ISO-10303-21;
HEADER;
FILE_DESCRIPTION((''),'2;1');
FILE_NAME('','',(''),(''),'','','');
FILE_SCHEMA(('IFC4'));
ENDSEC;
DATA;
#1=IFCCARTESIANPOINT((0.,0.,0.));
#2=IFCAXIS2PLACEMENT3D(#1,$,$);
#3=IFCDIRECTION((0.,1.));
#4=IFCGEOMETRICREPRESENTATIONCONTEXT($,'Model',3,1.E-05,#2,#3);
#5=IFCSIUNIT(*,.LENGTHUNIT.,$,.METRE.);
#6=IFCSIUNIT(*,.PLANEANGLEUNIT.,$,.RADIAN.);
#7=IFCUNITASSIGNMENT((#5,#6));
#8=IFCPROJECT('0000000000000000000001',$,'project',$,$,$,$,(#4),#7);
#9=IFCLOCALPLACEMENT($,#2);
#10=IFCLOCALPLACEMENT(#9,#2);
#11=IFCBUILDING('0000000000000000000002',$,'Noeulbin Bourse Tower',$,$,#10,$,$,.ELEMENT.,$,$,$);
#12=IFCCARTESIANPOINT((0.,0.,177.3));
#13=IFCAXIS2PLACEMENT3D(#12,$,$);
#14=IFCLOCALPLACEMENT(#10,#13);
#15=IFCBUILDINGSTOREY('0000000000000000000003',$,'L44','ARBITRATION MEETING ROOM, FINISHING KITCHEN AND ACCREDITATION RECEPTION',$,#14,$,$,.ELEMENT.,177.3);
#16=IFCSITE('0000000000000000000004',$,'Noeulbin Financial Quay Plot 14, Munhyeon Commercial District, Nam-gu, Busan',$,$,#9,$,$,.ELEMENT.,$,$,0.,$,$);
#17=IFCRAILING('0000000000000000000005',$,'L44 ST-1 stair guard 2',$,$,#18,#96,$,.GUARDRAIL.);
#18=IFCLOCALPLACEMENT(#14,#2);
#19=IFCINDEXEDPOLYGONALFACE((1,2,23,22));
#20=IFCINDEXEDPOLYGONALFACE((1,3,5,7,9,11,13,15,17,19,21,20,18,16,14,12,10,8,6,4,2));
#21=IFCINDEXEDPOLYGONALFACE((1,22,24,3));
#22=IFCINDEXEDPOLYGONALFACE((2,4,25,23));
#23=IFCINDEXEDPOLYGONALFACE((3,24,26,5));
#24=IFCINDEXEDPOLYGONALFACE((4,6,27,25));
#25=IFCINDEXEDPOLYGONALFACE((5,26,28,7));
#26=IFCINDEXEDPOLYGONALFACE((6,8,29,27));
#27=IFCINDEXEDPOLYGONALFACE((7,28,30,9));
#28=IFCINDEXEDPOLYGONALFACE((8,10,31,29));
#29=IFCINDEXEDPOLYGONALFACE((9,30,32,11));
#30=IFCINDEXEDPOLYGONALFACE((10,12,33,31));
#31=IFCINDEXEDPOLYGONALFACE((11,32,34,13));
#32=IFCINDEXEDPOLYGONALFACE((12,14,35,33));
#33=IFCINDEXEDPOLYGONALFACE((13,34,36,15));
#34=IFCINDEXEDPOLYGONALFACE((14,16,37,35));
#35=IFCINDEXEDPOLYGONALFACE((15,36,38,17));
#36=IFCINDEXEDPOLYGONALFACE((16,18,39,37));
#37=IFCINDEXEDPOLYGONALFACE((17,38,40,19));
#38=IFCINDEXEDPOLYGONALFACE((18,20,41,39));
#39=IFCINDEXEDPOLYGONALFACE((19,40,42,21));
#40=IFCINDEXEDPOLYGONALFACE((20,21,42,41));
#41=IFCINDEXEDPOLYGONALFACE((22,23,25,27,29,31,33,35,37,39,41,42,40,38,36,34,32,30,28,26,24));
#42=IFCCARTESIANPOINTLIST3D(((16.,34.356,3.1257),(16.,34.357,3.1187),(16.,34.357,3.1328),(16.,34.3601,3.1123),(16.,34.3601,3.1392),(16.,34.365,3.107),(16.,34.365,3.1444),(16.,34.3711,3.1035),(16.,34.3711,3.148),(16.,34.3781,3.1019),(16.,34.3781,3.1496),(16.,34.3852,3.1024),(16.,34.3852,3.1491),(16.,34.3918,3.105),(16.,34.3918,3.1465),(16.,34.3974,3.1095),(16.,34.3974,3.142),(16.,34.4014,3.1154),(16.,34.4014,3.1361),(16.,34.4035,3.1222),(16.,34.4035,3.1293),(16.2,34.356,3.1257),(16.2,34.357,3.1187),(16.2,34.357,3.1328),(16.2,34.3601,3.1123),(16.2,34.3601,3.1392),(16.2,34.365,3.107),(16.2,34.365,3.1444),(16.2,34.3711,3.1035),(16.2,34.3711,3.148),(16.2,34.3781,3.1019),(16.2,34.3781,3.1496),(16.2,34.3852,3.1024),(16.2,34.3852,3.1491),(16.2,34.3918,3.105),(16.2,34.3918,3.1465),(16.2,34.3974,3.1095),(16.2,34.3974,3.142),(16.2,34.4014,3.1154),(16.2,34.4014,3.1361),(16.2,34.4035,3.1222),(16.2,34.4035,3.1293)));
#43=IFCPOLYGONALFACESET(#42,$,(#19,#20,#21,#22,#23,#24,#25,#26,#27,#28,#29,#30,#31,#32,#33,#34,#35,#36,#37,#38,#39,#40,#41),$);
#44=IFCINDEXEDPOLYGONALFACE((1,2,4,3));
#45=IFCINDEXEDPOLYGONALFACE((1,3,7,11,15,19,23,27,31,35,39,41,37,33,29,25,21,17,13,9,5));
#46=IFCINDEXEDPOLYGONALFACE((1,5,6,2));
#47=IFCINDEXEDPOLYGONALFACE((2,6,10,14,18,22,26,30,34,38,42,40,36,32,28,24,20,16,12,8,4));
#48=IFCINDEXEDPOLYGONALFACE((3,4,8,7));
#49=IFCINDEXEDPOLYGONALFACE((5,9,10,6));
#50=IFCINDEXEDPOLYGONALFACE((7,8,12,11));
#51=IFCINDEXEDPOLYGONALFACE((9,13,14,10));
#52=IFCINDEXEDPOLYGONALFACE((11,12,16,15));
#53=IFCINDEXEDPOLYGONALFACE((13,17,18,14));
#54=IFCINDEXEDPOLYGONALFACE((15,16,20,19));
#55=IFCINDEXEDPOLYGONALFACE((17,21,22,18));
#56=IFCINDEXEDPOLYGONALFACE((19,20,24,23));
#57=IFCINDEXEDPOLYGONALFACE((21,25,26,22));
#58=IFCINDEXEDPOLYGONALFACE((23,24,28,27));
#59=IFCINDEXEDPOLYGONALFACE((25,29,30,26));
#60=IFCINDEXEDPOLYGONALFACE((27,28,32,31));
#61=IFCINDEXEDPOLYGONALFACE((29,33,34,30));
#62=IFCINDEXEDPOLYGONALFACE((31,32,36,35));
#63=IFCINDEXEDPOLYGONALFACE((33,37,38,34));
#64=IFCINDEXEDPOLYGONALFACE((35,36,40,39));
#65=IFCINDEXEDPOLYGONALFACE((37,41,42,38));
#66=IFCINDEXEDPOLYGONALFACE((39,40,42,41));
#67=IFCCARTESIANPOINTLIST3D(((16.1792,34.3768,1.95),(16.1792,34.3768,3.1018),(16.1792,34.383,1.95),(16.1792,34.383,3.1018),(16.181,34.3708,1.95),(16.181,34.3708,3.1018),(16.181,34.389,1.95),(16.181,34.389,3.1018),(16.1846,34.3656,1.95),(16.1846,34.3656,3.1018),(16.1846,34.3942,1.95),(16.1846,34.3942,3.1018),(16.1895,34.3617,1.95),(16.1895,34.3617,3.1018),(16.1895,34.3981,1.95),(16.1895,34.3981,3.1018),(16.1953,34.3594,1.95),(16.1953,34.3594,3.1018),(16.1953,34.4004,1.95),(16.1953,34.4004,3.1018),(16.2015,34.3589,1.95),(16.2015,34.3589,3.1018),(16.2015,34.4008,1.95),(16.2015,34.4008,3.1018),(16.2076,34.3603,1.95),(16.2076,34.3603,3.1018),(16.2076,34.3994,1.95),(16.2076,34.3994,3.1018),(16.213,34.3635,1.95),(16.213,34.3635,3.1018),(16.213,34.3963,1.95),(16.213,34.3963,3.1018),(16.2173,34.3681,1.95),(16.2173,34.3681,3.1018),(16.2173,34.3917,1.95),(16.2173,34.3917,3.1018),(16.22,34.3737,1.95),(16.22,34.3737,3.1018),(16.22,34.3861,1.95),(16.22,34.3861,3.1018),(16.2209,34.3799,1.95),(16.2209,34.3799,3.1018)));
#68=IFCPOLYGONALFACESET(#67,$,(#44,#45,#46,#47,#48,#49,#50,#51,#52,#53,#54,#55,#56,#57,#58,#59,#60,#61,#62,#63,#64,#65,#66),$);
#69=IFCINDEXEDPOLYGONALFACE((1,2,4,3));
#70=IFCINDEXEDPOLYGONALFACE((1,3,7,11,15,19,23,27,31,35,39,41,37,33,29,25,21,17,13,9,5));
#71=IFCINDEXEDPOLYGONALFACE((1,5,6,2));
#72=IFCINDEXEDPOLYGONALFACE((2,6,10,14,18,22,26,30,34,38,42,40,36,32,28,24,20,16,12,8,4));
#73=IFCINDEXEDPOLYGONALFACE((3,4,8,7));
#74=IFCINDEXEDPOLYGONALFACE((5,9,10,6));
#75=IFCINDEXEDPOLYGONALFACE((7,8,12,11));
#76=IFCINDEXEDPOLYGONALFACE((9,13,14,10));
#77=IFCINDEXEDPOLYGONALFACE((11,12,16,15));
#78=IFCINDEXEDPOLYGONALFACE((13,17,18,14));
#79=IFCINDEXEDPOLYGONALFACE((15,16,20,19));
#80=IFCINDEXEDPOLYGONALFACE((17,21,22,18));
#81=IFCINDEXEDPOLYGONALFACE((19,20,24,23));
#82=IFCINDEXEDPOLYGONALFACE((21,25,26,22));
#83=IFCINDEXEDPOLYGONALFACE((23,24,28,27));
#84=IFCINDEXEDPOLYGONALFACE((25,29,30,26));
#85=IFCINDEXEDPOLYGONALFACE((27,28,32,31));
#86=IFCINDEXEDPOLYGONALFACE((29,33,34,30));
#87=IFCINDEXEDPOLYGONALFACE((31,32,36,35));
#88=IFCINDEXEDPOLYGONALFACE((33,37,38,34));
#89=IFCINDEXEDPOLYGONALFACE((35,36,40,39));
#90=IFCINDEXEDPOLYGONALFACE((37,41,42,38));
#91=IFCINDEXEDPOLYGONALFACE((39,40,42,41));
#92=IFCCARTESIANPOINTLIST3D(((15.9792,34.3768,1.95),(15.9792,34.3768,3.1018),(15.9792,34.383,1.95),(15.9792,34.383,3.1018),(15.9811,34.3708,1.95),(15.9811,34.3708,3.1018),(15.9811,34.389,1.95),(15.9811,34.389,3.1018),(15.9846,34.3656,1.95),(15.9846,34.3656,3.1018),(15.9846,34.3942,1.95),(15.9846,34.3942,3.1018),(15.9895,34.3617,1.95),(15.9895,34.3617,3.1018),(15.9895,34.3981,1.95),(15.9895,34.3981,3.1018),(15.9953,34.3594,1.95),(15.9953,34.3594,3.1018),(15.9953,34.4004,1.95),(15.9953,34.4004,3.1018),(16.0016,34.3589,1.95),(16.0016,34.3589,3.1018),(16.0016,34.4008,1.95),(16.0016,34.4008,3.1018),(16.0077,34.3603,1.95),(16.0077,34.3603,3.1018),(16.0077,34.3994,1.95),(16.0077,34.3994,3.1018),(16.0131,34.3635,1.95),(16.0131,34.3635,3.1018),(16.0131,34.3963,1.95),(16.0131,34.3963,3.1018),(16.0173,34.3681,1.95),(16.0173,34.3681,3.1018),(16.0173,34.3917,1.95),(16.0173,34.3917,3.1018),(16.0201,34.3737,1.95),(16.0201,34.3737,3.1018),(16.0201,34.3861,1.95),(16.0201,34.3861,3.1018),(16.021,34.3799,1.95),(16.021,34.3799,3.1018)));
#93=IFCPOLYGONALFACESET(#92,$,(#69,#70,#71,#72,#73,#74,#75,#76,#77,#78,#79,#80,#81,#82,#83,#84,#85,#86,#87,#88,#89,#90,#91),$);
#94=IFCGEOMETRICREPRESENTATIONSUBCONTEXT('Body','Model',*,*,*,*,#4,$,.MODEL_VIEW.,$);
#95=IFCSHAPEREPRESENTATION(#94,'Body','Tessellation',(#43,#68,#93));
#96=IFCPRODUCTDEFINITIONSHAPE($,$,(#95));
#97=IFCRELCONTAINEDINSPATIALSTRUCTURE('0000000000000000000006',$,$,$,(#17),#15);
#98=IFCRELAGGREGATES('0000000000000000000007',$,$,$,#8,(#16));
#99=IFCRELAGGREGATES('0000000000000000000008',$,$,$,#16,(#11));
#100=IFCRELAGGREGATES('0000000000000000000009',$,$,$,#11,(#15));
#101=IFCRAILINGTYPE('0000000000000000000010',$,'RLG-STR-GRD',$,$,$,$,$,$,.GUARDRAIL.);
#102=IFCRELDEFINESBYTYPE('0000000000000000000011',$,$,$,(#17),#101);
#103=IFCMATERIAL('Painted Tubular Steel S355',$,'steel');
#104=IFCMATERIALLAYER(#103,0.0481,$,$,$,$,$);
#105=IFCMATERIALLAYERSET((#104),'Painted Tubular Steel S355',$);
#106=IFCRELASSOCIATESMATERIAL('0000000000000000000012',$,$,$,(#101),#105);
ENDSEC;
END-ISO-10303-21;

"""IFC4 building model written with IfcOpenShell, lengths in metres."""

from ifc_helpers import new_model, si_unit, direction, frame, origin, origin_2d, place, context, subcontext, project, spatial, circle, extrude, material, layer, layer_set, type_object, element, save


model = new_model("IFC4")

# Units and contexts
model_context = context("Model", 3, precision=1e-05, world=origin(), true_north=direction((0.0, 1.0)))
body_context = subcontext(model_context, "Body", "Model", "MODEL_VIEW")
ifc_project = project(units=[si_unit("LENGTHUNIT", "METRE"), si_unit("PLANEANGLEUNIT", "RADIAN")], contexts=[model_context])

# Site, building, storey
site_placement = place(None, origin())
site = spatial("IfcSite", under=ifc_project, at=site_placement, Name="Noeulbin Financial Quay Plot 14, Munhyeon Commercial District, Nam-gu, Busan", CompositionType="ELEMENT", RefElevation=0.0)
building_placement = place(site_placement, origin())
building = spatial("IfcBuilding", under=site, at=building_placement, Name="Noeulbin Bourse Tower", CompositionType="ELEMENT")
storey_placement = place(building_placement, frame((0.0, 0.0, 177.3)))
storey = spatial("IfcBuildingStorey", under=building, at=storey_placement, Name="L44", Description="ARBITRATION MEETING ROOM, FINISHING KITCHEN AND ACCREDITATION RECEPTION", CompositionType="ELEMENT", Elevation=177.3)

# Railing
ifc_material_1 = material(Name="Painted Tubular Steel S355", Category="steel")
ifc_layer_1 = layer(ifc_material_1, 0.0481)
ifc_layer_set_1 = layer_set([ifc_layer_1], Name="Painted Tubular Steel S355")
railing_type_1 = type_object("IfcRailingType", Name="RLG-STR-GRD", PredefinedType="GUARDRAIL", material=ifc_layer_set_1)
railing_1_placement = place(storey_placement, frame((16.2, 34.3799, 1.95)))
element("IfcRailing", 1, at=railing_1_placement, inside=storey, type_object=railing_type_1, Name="L44 ST-1 stair guard 2", PredefinedType="GUARDRAIL", context=body_context, shape_type="SweptSolid", body=[
    extrude(circle(Radius=0.0239, at=origin_2d()), frame((0.0, 0.0, 1.1758), z_axis=(-1.0, 0.0, 0.0), x_axis=(0.0, -1.0, 0.0)), (0.0, 0.0, 1.0), 0.2),
    extrude(circle(Radius=0.021, at=origin_2d()), origin(), (0.0, 0.0, 1.0), 1.1519),
    extrude(circle(Radius=0.021, at=origin_2d()), frame((-0.2, 0.0, 0.0)), (0.0, 0.0, 1.0), 1.1519),
])

save(model, "model.ifc")
